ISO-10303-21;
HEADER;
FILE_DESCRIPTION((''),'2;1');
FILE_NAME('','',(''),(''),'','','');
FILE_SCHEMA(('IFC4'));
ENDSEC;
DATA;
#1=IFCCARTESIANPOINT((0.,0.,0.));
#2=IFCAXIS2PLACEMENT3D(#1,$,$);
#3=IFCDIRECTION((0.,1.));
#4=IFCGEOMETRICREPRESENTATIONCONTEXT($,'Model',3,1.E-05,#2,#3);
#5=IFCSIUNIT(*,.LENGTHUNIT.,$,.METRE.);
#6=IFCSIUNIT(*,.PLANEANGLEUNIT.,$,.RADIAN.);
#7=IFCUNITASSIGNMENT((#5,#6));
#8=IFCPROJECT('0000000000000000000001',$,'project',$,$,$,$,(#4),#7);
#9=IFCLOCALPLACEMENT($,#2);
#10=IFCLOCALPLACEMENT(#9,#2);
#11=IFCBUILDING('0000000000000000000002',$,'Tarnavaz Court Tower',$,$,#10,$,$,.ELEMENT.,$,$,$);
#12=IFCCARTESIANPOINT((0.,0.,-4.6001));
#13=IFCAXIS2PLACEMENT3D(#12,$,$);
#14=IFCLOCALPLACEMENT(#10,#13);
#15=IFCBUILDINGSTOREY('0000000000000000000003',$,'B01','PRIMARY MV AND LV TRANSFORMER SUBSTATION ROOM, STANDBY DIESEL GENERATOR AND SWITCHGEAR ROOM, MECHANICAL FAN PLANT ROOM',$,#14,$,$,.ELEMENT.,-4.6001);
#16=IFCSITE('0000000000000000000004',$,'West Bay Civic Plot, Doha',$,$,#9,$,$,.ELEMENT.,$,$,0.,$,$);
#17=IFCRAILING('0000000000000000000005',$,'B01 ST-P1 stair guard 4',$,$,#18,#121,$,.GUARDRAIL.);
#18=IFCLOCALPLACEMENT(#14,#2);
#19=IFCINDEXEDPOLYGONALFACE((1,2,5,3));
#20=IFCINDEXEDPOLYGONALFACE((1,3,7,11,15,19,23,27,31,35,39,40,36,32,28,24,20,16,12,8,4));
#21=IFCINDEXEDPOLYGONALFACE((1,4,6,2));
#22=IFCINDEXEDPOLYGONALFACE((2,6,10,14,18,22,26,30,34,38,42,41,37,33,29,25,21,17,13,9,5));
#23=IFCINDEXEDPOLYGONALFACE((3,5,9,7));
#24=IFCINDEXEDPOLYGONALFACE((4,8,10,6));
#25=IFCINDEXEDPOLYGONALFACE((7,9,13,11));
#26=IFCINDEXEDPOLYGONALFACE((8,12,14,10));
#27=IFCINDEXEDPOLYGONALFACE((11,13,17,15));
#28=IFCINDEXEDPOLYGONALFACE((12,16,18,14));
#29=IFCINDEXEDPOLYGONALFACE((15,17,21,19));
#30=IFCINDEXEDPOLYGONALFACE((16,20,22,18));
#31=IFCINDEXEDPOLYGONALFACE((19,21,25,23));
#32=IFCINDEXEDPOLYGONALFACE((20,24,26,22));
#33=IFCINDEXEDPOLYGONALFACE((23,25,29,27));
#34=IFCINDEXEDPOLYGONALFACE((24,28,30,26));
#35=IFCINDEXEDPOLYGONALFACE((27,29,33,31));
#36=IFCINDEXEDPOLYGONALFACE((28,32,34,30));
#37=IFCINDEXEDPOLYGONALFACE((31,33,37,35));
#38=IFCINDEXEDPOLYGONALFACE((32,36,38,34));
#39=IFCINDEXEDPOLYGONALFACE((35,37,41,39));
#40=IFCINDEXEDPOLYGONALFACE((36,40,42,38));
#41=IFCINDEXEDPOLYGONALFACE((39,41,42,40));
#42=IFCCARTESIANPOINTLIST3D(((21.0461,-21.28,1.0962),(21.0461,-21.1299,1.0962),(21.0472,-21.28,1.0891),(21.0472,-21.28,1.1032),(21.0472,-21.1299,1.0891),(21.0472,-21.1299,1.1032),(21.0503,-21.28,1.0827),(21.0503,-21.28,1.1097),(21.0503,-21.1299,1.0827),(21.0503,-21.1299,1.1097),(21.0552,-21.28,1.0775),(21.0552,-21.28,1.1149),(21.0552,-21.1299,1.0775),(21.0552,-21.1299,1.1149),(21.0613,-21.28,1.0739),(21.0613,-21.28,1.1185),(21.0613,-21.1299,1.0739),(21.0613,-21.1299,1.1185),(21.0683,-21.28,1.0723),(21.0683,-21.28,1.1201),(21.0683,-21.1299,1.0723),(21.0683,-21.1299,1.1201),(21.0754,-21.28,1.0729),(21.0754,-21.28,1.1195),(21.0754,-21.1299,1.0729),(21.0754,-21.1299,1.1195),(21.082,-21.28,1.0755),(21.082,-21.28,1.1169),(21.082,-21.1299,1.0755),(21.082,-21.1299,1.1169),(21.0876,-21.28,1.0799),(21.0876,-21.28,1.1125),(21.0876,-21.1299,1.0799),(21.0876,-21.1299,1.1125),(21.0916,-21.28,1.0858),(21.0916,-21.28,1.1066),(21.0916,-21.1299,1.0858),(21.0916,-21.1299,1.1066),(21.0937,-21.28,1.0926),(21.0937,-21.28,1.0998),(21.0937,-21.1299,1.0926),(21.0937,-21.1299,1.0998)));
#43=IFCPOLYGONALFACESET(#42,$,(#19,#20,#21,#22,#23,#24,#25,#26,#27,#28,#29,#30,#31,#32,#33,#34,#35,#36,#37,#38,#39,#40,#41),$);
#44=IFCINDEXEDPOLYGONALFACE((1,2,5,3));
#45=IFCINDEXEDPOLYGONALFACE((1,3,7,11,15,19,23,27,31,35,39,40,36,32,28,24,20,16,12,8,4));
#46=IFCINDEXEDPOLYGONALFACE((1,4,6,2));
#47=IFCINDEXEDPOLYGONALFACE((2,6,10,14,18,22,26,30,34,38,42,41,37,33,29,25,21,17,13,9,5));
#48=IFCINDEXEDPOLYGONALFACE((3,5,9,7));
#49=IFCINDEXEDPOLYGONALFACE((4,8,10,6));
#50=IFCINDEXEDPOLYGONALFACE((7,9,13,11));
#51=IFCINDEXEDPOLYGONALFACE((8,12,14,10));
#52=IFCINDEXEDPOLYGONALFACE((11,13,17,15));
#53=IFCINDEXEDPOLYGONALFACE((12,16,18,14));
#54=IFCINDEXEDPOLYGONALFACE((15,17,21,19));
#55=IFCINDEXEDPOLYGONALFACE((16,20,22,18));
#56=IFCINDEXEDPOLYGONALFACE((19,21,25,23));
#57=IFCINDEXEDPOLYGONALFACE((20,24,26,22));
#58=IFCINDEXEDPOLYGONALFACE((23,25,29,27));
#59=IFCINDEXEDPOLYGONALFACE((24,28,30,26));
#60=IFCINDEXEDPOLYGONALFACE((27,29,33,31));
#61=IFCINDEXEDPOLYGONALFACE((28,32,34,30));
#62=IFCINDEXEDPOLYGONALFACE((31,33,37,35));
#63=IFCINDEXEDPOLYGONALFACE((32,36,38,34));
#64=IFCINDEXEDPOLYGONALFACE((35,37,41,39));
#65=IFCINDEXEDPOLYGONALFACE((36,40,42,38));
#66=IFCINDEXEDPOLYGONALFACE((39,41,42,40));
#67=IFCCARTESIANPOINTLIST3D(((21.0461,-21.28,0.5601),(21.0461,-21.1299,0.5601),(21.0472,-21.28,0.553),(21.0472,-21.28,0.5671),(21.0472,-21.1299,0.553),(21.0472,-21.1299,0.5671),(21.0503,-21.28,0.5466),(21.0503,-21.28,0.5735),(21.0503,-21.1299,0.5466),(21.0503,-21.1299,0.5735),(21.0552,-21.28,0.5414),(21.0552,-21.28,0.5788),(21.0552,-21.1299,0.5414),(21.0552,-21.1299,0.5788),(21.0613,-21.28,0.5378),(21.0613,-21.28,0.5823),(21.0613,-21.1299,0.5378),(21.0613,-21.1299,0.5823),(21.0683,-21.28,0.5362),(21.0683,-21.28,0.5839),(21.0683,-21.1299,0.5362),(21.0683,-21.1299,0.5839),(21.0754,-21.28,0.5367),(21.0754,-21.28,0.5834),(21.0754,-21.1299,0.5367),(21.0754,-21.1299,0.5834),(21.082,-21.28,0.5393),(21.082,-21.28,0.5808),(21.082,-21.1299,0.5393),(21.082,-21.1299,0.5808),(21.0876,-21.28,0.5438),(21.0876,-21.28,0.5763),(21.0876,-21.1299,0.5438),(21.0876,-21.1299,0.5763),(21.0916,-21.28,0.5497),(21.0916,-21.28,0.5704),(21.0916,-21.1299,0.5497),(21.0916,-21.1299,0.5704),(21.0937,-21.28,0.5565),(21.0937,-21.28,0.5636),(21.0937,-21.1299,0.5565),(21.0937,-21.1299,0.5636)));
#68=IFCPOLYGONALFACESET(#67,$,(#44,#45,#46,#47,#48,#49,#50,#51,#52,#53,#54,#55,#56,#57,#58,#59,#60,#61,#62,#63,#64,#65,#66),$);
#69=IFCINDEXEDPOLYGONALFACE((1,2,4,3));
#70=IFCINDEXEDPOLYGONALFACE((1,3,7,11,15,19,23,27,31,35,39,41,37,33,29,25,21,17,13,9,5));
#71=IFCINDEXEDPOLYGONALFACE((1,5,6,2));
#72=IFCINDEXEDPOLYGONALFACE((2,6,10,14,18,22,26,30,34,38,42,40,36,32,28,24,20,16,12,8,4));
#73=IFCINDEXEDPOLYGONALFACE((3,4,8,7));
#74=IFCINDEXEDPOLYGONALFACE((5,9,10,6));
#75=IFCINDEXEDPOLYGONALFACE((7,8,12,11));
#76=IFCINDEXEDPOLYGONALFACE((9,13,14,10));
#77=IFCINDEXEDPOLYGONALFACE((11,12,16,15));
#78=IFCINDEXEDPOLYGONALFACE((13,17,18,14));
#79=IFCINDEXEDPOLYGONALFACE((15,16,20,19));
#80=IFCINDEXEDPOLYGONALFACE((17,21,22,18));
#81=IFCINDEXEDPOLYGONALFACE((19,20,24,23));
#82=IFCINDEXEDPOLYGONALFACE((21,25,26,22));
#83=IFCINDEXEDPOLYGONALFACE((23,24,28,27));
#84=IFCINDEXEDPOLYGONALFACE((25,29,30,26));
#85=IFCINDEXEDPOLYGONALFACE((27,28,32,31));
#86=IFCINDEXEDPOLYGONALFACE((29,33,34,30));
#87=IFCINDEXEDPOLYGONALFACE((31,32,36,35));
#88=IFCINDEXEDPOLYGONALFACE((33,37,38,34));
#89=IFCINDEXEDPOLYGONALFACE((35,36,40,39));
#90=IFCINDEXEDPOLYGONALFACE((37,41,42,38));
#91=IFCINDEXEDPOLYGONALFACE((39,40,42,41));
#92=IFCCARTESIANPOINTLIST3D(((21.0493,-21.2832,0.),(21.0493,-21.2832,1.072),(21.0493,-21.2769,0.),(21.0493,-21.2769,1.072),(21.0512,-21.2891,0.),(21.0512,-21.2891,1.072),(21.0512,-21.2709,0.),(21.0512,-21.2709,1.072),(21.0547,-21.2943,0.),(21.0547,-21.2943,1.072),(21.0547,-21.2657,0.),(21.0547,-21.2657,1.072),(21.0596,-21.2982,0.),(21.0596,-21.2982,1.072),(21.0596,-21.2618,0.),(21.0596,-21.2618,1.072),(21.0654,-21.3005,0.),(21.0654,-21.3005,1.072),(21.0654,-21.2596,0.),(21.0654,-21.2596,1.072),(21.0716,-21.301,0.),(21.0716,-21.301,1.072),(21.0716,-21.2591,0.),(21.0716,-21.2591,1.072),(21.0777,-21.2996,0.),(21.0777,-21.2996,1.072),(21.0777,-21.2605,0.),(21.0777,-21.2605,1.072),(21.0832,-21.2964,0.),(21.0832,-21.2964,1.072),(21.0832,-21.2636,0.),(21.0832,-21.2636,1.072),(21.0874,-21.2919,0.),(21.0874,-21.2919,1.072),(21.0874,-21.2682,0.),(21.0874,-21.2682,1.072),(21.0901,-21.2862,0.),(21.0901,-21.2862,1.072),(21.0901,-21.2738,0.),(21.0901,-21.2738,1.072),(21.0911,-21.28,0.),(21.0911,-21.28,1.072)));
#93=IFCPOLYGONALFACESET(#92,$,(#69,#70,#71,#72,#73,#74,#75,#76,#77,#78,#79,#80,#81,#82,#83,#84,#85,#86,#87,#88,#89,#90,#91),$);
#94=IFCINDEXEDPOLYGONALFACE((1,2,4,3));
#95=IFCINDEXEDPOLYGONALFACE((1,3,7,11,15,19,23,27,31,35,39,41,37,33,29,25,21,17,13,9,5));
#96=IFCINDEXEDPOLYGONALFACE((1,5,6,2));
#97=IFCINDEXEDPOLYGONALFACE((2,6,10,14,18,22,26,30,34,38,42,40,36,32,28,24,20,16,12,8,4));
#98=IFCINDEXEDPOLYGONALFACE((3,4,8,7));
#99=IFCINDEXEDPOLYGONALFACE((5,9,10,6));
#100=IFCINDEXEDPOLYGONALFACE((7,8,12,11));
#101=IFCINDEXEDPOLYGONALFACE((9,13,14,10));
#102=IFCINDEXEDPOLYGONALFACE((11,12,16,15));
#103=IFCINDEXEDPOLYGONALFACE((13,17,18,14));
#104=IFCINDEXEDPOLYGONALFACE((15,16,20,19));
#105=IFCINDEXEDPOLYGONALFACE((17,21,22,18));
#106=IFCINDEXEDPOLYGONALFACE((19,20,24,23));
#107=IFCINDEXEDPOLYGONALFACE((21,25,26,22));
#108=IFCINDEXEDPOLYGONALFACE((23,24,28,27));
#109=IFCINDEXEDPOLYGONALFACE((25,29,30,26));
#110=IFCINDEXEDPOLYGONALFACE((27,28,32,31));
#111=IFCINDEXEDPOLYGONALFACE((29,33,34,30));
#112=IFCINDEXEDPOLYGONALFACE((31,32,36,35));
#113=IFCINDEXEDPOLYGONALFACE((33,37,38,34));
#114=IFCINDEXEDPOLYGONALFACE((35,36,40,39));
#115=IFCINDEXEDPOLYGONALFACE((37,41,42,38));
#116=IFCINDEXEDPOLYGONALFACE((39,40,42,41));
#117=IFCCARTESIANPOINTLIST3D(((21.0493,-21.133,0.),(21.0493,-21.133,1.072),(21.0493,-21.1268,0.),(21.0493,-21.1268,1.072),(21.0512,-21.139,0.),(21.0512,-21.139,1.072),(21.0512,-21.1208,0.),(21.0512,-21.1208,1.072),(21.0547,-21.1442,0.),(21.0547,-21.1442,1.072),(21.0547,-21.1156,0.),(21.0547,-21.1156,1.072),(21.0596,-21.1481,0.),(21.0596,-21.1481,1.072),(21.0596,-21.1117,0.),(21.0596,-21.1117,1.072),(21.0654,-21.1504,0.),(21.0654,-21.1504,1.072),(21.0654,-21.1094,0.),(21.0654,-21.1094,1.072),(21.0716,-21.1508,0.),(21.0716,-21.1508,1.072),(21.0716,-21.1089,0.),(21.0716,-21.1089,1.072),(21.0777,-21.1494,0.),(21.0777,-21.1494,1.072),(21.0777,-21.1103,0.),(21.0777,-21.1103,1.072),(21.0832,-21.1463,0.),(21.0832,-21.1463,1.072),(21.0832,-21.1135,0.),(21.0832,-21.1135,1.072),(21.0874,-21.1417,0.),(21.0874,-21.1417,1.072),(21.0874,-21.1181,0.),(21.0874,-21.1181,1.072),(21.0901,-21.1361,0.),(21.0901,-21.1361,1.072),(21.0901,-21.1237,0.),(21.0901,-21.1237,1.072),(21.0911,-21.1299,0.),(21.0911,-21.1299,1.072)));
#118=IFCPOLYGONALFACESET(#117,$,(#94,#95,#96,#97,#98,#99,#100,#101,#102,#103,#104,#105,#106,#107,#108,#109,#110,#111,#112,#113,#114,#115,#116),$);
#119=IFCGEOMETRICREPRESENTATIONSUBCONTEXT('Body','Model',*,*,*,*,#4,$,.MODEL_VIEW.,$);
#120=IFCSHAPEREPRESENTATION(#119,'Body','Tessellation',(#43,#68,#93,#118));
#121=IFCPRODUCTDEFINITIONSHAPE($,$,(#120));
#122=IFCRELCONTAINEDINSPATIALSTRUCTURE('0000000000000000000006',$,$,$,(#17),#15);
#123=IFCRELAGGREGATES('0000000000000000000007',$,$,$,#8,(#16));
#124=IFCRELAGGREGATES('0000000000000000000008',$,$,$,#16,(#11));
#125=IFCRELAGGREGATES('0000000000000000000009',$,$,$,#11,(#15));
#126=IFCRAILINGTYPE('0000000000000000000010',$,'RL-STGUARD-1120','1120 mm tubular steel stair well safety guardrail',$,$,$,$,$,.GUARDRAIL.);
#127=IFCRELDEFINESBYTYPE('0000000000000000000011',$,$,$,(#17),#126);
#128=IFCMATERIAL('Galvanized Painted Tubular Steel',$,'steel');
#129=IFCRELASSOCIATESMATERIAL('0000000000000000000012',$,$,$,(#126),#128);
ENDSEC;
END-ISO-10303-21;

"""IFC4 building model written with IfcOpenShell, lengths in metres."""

from ifc_helpers import new_model, si_unit, direction, frame, origin, origin_2d, place, context, subcontext, project, spatial, circle, extrude, material, type_object, element, save


model = new_model("IFC4")

# Units and contexts
model_context = context("Model", 3, precision=1e-05, world=origin(), true_north=direction((0.0, 1.0)))
body_context = subcontext(model_context, "Body", "Model", "MODEL_VIEW")
ifc_project = project(units=[si_unit("LENGTHUNIT", "METRE"), si_unit("PLANEANGLEUNIT", "RADIAN")], contexts=[model_context])

# Site, building, storey
site_placement = place(None, origin())
site = spatial("IfcSite", under=ifc_project, at=site_placement, Name="West Bay Civic Plot, Doha", CompositionType="ELEMENT", RefElevation=0.0)
building_placement = place(site_placement, origin())
building = spatial("IfcBuilding", under=site, at=building_placement, Name="Tarnavaz Court Tower", CompositionType="ELEMENT")
storey_placement = place(building_placement, frame((0.0, 0.0, -4.6001)))
storey = spatial("IfcBuildingStorey", under=building, at=storey_placement, Name="B01", Description="PRIMARY MV AND LV TRANSFORMER SUBSTATION ROOM, STANDBY DIESEL GENERATOR AND SWITCHGEAR ROOM, MECHANICAL FAN PLANT ROOM", CompositionType="ELEMENT", Elevation=-4.6001)

# Railing
ifc_material_1 = material(Name="Galvanized Painted Tubular Steel", Category="steel")
railing_type_1 = type_object("IfcRailingType", Name="RL-STGUARD-1120", Description="1120 mm tubular steel stair well safety guardrail", PredefinedType="GUARDRAIL", material=ifc_material_1)
railing_1_placement = place(storey_placement, frame((21.0701, -21.28, 0.0)))
element("IfcRailing", 1, at=railing_1_placement, inside=storey, type_object=railing_type_1, Name="B01 ST-P1 stair guard 4", PredefinedType="GUARDRAIL", context=body_context, shape_type="SweptSolid", body=[
    extrude(circle(Radius=0.0239, at=origin_2d()), frame((0.0, 0.0, 1.0962), z_axis=(0.0, 1.0, 0.0), x_axis=(-1.0, 0.0, 0.0)), (0.0, 0.0, 1.0), 0.1501),
    extrude(circle(Radius=0.0239, at=origin_2d()), frame((0.0, 0.0, 0.5601), z_axis=(0.0, 1.0, 0.0), x_axis=(-1.0, 0.0, 0.0)), (0.0, 0.0, 1.0), 0.1501),
    extrude(circle(Radius=0.021, at=origin_2d()), origin(), (0.0, 0.0, 1.0), 1.072),
    extrude(circle(Radius=0.021, at=origin_2d()), frame((0.0, 0.1501, 0.0)), (0.0, 0.0, 1.0), 1.072),
])

save(model, "model.ifc")
